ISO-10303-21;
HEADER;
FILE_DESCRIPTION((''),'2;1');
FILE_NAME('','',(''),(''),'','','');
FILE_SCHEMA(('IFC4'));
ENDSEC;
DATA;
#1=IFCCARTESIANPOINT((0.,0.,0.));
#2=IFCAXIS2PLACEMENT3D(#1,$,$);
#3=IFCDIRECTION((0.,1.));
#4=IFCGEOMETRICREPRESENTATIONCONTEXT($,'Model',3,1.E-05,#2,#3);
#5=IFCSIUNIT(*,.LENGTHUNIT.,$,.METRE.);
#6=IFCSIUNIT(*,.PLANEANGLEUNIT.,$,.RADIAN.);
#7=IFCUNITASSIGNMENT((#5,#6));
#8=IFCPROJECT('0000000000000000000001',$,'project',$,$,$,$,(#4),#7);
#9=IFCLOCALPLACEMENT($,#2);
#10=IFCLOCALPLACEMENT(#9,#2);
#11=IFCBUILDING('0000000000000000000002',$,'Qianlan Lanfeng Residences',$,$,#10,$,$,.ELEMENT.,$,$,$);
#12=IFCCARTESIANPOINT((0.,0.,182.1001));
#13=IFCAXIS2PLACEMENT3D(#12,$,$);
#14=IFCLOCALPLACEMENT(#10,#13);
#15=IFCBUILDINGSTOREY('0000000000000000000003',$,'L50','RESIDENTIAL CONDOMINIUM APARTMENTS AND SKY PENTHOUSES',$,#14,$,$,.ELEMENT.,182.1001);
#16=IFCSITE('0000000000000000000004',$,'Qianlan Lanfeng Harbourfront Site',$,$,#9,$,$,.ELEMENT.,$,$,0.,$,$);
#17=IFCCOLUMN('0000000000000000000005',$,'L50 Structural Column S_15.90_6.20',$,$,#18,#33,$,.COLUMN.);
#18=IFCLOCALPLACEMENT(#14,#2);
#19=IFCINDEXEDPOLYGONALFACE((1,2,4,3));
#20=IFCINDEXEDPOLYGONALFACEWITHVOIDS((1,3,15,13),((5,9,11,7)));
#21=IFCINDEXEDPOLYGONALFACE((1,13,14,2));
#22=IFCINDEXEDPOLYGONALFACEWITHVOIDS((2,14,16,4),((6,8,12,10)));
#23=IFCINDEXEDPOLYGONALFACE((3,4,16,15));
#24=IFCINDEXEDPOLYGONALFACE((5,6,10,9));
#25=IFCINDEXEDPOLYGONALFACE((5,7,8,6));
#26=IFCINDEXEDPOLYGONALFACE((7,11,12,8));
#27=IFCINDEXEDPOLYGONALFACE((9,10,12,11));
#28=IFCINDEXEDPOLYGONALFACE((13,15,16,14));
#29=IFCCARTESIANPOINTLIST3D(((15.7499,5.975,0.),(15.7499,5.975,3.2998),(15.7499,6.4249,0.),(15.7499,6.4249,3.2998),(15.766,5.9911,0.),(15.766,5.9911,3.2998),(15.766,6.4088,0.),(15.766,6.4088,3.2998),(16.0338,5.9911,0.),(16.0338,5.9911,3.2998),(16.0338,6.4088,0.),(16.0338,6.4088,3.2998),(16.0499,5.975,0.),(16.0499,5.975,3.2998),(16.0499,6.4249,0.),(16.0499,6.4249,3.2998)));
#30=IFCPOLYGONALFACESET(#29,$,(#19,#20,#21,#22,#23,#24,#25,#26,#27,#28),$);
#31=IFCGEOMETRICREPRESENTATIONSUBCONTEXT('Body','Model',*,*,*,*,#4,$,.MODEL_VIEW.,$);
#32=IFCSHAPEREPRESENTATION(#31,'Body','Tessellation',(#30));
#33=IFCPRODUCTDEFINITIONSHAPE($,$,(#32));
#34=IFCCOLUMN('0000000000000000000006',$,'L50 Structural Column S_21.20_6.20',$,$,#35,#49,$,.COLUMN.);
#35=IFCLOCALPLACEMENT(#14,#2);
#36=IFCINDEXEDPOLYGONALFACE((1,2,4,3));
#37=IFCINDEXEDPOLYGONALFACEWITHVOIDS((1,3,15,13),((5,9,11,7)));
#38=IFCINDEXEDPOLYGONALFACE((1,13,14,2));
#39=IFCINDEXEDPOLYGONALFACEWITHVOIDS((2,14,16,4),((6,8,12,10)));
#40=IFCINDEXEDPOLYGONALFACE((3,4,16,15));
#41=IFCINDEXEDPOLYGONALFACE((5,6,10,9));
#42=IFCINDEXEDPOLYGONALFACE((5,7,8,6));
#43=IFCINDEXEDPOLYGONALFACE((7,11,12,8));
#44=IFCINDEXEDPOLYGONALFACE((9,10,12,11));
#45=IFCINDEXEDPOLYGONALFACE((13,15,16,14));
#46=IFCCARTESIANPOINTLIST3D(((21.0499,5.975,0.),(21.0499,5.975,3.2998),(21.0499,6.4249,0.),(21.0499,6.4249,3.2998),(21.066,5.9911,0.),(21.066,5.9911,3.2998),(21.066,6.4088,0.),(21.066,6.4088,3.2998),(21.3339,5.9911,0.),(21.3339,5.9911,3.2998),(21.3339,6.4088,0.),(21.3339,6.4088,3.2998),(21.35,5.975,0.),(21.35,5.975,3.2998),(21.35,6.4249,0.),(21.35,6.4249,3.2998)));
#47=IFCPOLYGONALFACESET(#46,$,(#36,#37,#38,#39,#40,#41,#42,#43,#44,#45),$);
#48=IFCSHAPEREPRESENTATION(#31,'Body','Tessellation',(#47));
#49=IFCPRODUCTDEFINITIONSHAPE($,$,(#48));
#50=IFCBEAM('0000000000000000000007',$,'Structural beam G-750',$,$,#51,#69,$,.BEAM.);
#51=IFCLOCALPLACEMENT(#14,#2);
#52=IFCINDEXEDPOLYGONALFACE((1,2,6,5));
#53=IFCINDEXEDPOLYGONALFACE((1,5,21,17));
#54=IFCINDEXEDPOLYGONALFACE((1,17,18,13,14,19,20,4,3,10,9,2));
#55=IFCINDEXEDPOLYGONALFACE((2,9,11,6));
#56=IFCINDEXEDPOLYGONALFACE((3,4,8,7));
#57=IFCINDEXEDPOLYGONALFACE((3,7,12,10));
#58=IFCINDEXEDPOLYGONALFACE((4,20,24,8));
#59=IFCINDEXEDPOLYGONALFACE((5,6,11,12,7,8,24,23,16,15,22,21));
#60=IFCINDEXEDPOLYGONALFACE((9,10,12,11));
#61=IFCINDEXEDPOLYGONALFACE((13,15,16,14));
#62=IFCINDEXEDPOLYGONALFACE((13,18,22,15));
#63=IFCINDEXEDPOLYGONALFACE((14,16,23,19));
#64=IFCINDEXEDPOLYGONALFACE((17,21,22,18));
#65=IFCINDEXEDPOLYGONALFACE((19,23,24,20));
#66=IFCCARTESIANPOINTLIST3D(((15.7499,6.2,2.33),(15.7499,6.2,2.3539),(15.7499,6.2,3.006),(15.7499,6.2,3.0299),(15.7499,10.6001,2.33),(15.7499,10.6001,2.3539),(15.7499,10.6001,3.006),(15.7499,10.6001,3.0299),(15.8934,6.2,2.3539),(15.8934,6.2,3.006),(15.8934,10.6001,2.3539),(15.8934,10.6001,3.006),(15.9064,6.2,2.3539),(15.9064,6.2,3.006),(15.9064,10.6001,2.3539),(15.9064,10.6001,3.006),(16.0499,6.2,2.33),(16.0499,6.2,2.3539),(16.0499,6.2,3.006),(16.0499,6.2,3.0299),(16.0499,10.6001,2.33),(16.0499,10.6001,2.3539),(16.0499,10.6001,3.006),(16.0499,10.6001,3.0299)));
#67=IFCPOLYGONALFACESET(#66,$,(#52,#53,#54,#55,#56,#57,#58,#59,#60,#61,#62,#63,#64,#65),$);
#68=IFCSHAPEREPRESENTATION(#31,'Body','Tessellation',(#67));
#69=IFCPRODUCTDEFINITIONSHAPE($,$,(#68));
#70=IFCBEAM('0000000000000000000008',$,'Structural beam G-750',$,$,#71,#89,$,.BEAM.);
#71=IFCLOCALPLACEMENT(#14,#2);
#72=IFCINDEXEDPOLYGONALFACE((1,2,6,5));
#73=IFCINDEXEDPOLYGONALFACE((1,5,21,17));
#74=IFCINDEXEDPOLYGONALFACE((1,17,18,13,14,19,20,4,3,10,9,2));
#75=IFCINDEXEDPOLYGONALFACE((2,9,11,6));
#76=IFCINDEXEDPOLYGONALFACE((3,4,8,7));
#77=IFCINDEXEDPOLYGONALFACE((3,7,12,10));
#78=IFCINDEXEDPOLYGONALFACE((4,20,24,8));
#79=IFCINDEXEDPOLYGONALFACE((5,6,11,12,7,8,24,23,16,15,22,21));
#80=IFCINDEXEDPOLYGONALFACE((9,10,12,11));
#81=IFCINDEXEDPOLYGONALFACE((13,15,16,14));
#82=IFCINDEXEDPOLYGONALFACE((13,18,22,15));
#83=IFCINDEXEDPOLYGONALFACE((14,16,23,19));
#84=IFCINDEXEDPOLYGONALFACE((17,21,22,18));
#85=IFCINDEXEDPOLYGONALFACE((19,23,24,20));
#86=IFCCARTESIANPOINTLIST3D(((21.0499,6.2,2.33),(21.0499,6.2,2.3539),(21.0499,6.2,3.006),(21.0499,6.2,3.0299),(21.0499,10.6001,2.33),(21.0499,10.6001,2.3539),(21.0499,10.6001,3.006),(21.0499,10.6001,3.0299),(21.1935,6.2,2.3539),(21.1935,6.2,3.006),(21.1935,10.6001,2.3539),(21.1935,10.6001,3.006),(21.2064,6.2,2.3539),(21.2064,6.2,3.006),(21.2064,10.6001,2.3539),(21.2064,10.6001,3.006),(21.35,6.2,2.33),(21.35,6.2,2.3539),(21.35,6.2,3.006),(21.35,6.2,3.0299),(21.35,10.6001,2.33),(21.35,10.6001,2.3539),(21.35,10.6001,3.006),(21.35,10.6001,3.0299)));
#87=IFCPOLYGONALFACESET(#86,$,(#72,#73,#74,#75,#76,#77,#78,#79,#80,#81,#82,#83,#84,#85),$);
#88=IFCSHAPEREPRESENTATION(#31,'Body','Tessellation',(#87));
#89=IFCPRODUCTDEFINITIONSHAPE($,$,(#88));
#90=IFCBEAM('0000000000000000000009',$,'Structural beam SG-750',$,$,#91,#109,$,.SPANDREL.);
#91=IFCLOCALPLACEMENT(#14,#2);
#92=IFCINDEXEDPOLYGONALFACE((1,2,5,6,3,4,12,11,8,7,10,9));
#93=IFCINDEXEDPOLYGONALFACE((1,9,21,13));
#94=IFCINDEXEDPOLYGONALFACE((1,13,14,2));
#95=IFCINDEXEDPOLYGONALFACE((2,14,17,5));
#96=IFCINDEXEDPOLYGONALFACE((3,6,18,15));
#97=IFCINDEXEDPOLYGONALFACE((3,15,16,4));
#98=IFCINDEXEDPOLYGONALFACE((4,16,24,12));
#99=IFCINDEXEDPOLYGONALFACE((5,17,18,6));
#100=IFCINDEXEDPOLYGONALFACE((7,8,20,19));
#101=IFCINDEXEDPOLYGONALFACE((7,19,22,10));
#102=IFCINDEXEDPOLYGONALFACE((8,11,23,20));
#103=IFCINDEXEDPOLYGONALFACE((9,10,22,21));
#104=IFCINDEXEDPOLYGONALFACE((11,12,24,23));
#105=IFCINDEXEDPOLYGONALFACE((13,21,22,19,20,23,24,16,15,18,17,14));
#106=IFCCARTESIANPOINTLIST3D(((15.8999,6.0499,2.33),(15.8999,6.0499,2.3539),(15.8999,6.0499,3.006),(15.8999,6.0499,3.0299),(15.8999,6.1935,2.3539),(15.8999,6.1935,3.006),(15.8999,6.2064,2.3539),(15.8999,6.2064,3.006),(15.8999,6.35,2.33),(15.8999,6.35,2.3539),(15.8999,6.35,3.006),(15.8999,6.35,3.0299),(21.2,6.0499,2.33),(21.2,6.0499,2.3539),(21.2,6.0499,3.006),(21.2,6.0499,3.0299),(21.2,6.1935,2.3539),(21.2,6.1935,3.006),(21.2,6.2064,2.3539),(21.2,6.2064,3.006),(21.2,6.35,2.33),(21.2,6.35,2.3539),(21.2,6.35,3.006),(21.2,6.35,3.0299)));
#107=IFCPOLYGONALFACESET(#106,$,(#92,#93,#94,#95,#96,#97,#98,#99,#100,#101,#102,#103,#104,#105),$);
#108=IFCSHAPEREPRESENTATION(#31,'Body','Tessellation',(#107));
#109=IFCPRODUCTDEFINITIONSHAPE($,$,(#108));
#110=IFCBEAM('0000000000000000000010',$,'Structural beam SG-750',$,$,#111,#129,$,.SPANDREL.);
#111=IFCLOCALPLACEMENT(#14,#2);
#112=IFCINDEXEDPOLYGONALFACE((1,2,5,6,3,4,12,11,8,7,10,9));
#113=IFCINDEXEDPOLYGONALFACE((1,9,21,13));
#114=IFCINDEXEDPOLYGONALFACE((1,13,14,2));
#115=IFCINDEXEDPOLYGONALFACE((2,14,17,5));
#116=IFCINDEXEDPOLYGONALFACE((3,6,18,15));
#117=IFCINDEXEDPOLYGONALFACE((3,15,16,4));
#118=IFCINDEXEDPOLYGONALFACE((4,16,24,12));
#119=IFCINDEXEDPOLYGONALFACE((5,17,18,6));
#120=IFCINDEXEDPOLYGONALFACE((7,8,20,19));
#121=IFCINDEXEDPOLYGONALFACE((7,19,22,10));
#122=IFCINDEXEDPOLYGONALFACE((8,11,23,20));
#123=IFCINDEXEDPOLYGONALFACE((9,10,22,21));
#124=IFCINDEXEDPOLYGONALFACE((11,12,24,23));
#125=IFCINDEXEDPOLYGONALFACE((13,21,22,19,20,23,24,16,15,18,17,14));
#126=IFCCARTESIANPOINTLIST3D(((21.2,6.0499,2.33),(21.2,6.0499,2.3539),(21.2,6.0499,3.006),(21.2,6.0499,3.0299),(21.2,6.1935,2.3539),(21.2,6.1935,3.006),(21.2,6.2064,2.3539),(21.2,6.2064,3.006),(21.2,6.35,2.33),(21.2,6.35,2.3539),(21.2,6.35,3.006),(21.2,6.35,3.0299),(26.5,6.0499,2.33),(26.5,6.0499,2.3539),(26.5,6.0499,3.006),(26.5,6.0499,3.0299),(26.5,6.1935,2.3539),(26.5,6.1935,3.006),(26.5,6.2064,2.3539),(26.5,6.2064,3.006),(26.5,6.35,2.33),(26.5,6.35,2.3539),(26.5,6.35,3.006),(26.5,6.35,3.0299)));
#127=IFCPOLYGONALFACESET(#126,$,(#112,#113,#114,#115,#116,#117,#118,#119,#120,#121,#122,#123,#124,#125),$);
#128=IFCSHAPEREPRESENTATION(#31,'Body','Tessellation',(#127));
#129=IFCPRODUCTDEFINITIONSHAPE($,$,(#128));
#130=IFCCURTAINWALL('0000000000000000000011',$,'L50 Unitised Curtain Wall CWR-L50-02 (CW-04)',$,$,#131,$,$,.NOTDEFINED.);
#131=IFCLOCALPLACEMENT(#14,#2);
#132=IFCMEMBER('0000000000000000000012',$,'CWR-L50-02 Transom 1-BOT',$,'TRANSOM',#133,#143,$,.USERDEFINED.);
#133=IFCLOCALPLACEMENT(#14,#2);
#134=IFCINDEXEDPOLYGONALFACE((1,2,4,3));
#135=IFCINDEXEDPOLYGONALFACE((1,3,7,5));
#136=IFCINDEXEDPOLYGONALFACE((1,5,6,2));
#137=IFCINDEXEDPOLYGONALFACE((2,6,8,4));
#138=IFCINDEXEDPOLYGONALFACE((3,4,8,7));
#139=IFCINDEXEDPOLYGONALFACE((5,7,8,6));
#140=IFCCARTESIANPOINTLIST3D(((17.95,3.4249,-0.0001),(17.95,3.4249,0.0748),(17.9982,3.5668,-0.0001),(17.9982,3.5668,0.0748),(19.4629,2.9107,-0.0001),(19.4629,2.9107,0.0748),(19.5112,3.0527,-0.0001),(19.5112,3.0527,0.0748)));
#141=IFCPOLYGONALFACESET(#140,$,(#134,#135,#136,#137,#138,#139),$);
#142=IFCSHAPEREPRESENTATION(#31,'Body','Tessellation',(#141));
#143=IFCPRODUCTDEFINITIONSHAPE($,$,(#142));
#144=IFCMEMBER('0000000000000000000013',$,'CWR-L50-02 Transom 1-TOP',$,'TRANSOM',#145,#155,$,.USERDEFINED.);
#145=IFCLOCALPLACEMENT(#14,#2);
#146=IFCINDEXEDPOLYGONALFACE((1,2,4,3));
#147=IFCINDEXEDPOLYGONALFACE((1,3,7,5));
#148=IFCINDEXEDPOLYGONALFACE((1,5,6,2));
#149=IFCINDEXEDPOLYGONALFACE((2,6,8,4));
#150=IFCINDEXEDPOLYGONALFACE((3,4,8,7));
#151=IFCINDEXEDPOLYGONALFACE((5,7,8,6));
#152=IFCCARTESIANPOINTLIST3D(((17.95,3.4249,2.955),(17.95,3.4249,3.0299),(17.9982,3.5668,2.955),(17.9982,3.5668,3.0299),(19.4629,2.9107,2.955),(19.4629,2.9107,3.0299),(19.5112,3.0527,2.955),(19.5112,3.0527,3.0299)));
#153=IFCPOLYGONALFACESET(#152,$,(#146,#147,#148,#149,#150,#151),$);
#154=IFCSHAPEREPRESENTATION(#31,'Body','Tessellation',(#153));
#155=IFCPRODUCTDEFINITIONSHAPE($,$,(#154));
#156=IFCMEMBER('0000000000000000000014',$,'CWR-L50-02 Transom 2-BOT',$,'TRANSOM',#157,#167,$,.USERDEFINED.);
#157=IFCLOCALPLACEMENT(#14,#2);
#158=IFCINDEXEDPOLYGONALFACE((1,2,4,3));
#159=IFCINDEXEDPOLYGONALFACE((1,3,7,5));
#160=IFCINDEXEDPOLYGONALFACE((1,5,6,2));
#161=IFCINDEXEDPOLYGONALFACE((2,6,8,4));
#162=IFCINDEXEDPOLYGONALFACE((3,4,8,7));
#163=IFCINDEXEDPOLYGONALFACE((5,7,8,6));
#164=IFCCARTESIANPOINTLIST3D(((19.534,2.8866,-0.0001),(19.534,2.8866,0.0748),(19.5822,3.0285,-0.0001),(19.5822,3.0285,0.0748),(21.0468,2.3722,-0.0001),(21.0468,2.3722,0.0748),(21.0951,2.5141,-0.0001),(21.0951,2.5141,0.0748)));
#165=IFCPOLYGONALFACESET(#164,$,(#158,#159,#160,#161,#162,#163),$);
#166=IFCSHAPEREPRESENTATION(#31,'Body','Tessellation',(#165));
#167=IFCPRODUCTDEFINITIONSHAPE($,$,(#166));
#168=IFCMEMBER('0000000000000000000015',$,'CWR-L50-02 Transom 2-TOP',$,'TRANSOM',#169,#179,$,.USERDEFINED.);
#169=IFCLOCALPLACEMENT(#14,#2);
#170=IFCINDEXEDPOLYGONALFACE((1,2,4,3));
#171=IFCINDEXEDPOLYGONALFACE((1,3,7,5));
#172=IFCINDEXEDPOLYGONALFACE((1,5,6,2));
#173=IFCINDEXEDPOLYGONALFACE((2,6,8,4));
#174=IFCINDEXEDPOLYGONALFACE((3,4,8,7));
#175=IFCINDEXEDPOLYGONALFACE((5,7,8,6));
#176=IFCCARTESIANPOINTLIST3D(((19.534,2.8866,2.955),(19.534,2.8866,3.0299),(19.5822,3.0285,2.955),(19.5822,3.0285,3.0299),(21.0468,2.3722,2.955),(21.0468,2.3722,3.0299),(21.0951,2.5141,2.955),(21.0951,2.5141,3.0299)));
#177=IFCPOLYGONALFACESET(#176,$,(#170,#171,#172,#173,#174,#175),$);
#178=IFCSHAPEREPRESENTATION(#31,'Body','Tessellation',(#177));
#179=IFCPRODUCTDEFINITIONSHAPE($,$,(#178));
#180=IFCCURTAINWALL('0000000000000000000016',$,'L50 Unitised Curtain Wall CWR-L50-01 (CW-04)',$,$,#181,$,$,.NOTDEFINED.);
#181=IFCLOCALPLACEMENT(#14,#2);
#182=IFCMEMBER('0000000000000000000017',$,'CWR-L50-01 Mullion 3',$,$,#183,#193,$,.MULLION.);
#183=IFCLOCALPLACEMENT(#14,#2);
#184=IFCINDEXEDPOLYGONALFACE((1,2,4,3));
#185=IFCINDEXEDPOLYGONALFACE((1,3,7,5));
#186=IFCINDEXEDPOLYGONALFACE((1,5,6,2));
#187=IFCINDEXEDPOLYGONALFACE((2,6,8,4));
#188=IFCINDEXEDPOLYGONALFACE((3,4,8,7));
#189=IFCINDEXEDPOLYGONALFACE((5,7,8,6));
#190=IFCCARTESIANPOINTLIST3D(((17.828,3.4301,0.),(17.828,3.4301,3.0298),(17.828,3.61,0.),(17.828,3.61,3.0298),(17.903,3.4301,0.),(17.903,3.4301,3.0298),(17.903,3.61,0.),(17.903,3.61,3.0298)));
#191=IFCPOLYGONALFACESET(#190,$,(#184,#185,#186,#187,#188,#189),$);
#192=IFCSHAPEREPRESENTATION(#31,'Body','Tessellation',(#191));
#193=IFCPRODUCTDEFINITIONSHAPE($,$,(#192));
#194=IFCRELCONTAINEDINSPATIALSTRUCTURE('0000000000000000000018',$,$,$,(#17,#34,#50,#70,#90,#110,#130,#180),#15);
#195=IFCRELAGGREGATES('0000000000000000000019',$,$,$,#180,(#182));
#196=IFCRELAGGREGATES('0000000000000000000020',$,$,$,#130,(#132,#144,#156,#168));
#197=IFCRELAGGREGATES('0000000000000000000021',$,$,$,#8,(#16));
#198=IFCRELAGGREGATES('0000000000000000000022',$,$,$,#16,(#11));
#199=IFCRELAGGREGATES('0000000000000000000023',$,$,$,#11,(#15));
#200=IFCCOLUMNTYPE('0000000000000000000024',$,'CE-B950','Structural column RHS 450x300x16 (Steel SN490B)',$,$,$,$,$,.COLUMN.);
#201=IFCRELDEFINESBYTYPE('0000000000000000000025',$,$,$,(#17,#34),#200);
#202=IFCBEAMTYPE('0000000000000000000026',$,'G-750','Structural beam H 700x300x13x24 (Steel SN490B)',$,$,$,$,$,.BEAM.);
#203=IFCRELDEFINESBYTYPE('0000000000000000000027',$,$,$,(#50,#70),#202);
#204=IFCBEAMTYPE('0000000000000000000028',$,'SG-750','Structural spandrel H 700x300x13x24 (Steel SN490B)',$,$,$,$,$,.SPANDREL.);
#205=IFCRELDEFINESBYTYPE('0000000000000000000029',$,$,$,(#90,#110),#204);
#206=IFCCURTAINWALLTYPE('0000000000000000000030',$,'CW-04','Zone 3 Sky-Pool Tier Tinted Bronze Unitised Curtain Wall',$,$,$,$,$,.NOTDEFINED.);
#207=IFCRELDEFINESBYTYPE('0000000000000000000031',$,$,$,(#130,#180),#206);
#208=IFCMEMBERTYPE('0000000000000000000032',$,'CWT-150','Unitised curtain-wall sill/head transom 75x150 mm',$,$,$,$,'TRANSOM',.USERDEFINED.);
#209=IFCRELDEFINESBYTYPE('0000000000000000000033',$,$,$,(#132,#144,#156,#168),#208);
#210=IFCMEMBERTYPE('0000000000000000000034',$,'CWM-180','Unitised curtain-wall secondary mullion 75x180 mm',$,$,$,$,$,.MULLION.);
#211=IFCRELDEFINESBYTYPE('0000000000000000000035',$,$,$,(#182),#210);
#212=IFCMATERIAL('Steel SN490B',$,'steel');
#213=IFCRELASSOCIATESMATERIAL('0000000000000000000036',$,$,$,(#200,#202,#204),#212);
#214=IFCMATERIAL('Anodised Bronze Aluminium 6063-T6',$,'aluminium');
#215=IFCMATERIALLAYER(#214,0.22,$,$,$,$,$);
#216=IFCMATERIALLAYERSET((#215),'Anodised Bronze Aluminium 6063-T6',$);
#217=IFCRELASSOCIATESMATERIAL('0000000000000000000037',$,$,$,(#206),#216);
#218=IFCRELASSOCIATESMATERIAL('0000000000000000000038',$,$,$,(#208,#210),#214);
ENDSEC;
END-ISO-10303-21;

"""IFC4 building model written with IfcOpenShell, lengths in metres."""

from ifc_helpers import new_model, si_unit, direction, frame, origin, origin_2d, place, context, subcontext, project, spatial, rectangle, hollow_rectangle, i_section, extrude, source, transform, mapped, material, layer, layer_set, material_profile, profile_set, type_object, element, aggregate, save


model = new_model("IFC4")

# Units and contexts
model_context = context("Model", 3, precision=1e-05, world=origin(), true_north=direction((0.0, 1.0)))
body_context = subcontext(model_context, "Body", "Model", "MODEL_VIEW")
ifc_project = project(units=[si_unit("LENGTHUNIT", "METRE"), si_unit("PLANEANGLEUNIT", "RADIAN")], contexts=[model_context])

# Site, building, storey
site_placement = place(None, origin())
site = spatial("IfcSite", under=ifc_project, at=site_placement, Name="Qianlan Lanfeng Harbourfront Site", CompositionType="ELEMENT", RefElevation=0.0)
building_placement = place(site_placement, origin())
building = spatial("IfcBuilding", under=site, at=building_placement, Name="Qianlan Lanfeng Residences", CompositionType="ELEMENT")
storey_placement = place(building_placement, frame((0.0, 0.0, 182.1001)))
storey = spatial("IfcBuildingStorey", under=building, at=storey_placement, Name="L50", Description="RESIDENTIAL CONDOMINIUM APARTMENTS AND SKY PENTHOUSES", CompositionType="ELEMENT", Elevation=182.1001)

# Columns
ifc_material_1 = material(Name="Steel SN490B", Category="steel")
ifc_material_profile_1 = material_profile(ifc_material_1, hollow_rectangle(XDim=0.3, YDim=0.45, WallThickness=0.0161, at=origin_2d()), Name="RHS 450x300x16")
ifc_profile_set_1 = profile_set([ifc_material_profile_1], Name="Steel SN490B")
column_type = type_object("IfcColumnType", Name="CE-B950", Description="Structural column RHS 450x300x16 (Steel SN490B)", PredefinedType="COLUMN", material=ifc_profile_set_1)
for number, where, z_axis, x_axis, name in (
    (1, (15.8999, 6.2, 0.0), (0.0, 0.0, 1.0), (1.0, 0.0, 0.0), "L50 Structural Column S_15.90_6.20"),
    (2, (21.2, 6.2, 0.0), (0.0, 0.0, 1.0), (1.0, 0.0, 0.0), "L50 Structural Column S_21.20_6.20"),
):
    element("IfcColumn", number, at=place(storey_placement, frame(where, z_axis=z_axis, x_axis=x_axis)), inside=storey, type_object=column_type, Name=name, PredefinedType="COLUMN", context=body_context, shape_type="SweptSolid", body=[
        extrude(hollow_rectangle(XDim=0.3, YDim=0.45, WallThickness=0.0161, at=origin_2d()), origin(), (0.0, 0.0, 1.0), 3.2998),
    ])

# Beams
ifc_material_profile_2 = material_profile(ifc_material_1, i_section(OverallWidth=0.3, OverallDepth=0.7, WebThickness=0.0129, FlangeThickness=0.0239, at=origin_2d()), Name="H 700x300x13x24")
ifc_profile_set_2 = profile_set([ifc_material_profile_2], Name="Steel SN490B")
beam_type_1 = type_object("IfcBeamType", Name="G-750", Description="Structural beam H 700x300x13x24 (Steel SN490B)", PredefinedType="BEAM", material=ifc_profile_set_2)
for number, where, z_axis, x_axis, name in (
    (3, (15.8999, 6.2, 2.6799), (0.0, 1.0, 0.0), (-1.0, 0.0, 0.0), "Structural beam G-750"),
    (4, (21.2, 6.2, 2.6799), (0.0, 1.0, 0.0), (-1.0, 0.0, 0.0), "Structural beam G-750"),
):
    element("IfcBeam", number, at=place(storey_placement, frame(where, z_axis=z_axis, x_axis=x_axis)), inside=storey, type_object=beam_type_1, Name=name, PredefinedType="BEAM", context=body_context, shape_type="SweptSolid", body=[
        extrude(i_section(OverallWidth=0.3, OverallDepth=0.7, WebThickness=0.0129, FlangeThickness=0.0239, at=origin_2d()), origin(), (0.0, 0.0, 1.0), 4.4001),
    ])
ifc_material_profile_3 = material_profile(ifc_material_1, i_section(OverallWidth=0.3, OverallDepth=0.7, WebThickness=0.0129, FlangeThickness=0.0239, at=origin_2d()), Name="H 700x300x13x24")
ifc_profile_set_3 = profile_set([ifc_material_profile_3], Name="Steel SN490B")
beam_type_2 = type_object("IfcBeamType", Name="SG-750", Description="Structural spandrel H 700x300x13x24 (Steel SN490B)", PredefinedType="SPANDREL", material=ifc_profile_set_3)
for number, where, z_axis, x_axis, name in (
    (5, (15.8999, 6.2, 2.6799), (1.0, 0.0, 0.0), (0.0, 1.0, 0.0), "Structural beam SG-750"),
    (6, (21.2, 6.2, 2.6799), (1.0, 0.0, 0.0), (0.0, 1.0, 0.0), "Structural beam SG-750"),
):
    element("IfcBeam", number, at=place(storey_placement, frame(where, z_axis=z_axis, x_axis=x_axis)), inside=storey, type_object=beam_type_2, Name=name, PredefinedType="SPANDREL", context=body_context, shape_type="SweptSolid", body=[
        extrude(i_section(OverallWidth=0.3, OverallDepth=0.7, WebThickness=0.0129, FlangeThickness=0.0239, at=origin_2d()), origin(), (0.0, 0.0, 1.0), 5.3),
    ])

# Curtain wall, members
ifc_material_2 = material(Name="Anodised Bronze Aluminium 6063-T6", Category="aluminium")
ifc_layer_1 = layer(ifc_material_2, 0.22)
ifc_layer_set_1 = layer_set([ifc_layer_1], Name="Anodised Bronze Aluminium 6063-T6")
curtain_wall_type = type_object("IfcCurtainWallType", Name="CW-04", Description="Zone 3 Sky-Pool Tier Tinted Bronze Unitised Curtain Wall", PredefinedType="NOTDEFINED", material=ifc_layer_set_1)
curtain_wall_1_placement = place(storey_placement, origin())
curtain_wall_1 = element("IfcCurtainWall", 7, at=curtain_wall_1_placement, inside=storey, type_object=curtain_wall_type, Name="L50 Unitised Curtain Wall CWR-L50-02 (CW-04)", PredefinedType="NOTDEFINED")
ifc_material_profile_4 = material_profile(ifc_material_2, rectangle(XDim=0.075, YDim=0.1499, at=origin_2d()), Name="ALU TRANSOM 75x150")
ifc_profile_set_4 = profile_set([ifc_material_profile_4], Name="Anodised Bronze Aluminium 6063-T6")
member_type_1 = type_object("IfcMemberType", Name="CWT-150", Description="Unitised curtain-wall sill/head transom 75x150 mm", ElementType="TRANSOM", PredefinedType="USERDEFINED", material=ifc_profile_set_4)
shared_shape_1 = source(origin(), body_context, "Body", "SweptSolid", [
    extrude(rectangle(XDim=0.075, YDim=0.1499, at=origin_2d()), origin(), (0.0, 0.0, 1.0), 1.5979),
])
member_1_placement = place(storey_placement, frame((17.9741, 3.4958, 0.0374), z_axis=(0.946818, -0.321769, 0.0), x_axis=(0.0, 0.0, 1.0)))
member_1 = element("IfcMember", 8, at=member_1_placement, type_object=member_type_1, Name="CWR-L50-02 Transom 1-BOT", ObjectType="TRANSOM", PredefinedType="USERDEFINED", context=body_context, shape_type="MappedRepresentation", body=[
    mapped(shared_shape_1, transform((0.0, 0.0, 0.0), scale=1.0)),
])
member_2_placement = place(storey_placement, frame((17.9741, 3.4958, 2.9924), z_axis=(0.946818, -0.321769, 0.0), x_axis=(0.0, 0.0, 1.0)))
member_2 = element("IfcMember", 9, at=member_2_placement, type_object=member_type_1, Name="CWR-L50-02 Transom 1-TOP", ObjectType="TRANSOM", PredefinedType="USERDEFINED", context=body_context, shape_type="MappedRepresentation", body=[
    mapped(shared_shape_1, transform((0.0, 0.0, 0.0), scale=1.0)),
])
member_3_placement = place(storey_placement, frame((19.5581, 2.9575, 0.0374), z_axis=(0.946772, -0.321905, 0.0), x_axis=(0.0, 0.0, 1.0)))
member_3 = element("IfcMember", 10, at=member_3_placement, type_object=member_type_1, Name="CWR-L50-02 Transom 2-BOT", ObjectType="TRANSOM", PredefinedType="USERDEFINED", context=body_context, shape_type="MappedRepresentation", body=[
    mapped(shared_shape_1, transform((0.0, 0.0, 0.0), scale=1.0)),
])
member_4_placement = place(storey_placement, frame((19.5581, 2.9575, 2.9924), z_axis=(0.946772, -0.321905, 0.0), x_axis=(0.0, 0.0, 1.0)))
member_4 = element("IfcMember", 11, at=member_4_placement, type_object=member_type_1, Name="CWR-L50-02 Transom 2-TOP", ObjectType="TRANSOM", PredefinedType="USERDEFINED", context=body_context, shape_type="MappedRepresentation", body=[
    mapped(shared_shape_1, transform((0.0, 0.0, 0.0), scale=1.0)),
])

# Curtain wall, member
curtain_wall_2_placement = place(storey_placement, origin())
curtain_wall_2 = element("IfcCurtainWall", 12, at=curtain_wall_2_placement, inside=storey, type_object=curtain_wall_type, Name="L50 Unitised Curtain Wall CWR-L50-01 (CW-04)", PredefinedType="NOTDEFINED")
ifc_material_profile_5 = material_profile(ifc_material_2, rectangle(XDim=0.075, YDim=0.1799, at=origin_2d()), Name="ALU MULLION 75x180")
ifc_profile_set_5 = profile_set([ifc_material_profile_5], Name="Anodised Bronze Aluminium 6063-T6")
member_type_2 = type_object("IfcMemberType", Name="CWM-180", Description="Unitised curtain-wall secondary mullion 75x180 mm", PredefinedType="MULLION", material=ifc_profile_set_5)
shared_shape_2 = source(origin(), body_context, "Body", "SweptSolid", [
    extrude(rectangle(XDim=0.075, YDim=0.1799, at=origin_2d()), origin(), (0.0, 0.0, 1.0), 3.0298),
])
member_5_placement = place(storey_placement, frame((17.8655, 3.52, 0.0), z_axis=(0.0, 0.0, 1.0), x_axis=(1.0, 0.0, 0.0)))
member_5 = element("IfcMember", 13, at=member_5_placement, type_object=member_type_2, Name="CWR-L50-01 Mullion 3", PredefinedType="MULLION", context=body_context, shape_type="MappedRepresentation", body=[
    mapped(shared_shape_2, transform((0.0, 0.0, 0.0), scale=1.0)),
])

aggregate(curtain_wall_2, [member_5])
aggregate(curtain_wall_1, [member_1, member_2, member_3, member_4])

save(model, "model.ifc")
